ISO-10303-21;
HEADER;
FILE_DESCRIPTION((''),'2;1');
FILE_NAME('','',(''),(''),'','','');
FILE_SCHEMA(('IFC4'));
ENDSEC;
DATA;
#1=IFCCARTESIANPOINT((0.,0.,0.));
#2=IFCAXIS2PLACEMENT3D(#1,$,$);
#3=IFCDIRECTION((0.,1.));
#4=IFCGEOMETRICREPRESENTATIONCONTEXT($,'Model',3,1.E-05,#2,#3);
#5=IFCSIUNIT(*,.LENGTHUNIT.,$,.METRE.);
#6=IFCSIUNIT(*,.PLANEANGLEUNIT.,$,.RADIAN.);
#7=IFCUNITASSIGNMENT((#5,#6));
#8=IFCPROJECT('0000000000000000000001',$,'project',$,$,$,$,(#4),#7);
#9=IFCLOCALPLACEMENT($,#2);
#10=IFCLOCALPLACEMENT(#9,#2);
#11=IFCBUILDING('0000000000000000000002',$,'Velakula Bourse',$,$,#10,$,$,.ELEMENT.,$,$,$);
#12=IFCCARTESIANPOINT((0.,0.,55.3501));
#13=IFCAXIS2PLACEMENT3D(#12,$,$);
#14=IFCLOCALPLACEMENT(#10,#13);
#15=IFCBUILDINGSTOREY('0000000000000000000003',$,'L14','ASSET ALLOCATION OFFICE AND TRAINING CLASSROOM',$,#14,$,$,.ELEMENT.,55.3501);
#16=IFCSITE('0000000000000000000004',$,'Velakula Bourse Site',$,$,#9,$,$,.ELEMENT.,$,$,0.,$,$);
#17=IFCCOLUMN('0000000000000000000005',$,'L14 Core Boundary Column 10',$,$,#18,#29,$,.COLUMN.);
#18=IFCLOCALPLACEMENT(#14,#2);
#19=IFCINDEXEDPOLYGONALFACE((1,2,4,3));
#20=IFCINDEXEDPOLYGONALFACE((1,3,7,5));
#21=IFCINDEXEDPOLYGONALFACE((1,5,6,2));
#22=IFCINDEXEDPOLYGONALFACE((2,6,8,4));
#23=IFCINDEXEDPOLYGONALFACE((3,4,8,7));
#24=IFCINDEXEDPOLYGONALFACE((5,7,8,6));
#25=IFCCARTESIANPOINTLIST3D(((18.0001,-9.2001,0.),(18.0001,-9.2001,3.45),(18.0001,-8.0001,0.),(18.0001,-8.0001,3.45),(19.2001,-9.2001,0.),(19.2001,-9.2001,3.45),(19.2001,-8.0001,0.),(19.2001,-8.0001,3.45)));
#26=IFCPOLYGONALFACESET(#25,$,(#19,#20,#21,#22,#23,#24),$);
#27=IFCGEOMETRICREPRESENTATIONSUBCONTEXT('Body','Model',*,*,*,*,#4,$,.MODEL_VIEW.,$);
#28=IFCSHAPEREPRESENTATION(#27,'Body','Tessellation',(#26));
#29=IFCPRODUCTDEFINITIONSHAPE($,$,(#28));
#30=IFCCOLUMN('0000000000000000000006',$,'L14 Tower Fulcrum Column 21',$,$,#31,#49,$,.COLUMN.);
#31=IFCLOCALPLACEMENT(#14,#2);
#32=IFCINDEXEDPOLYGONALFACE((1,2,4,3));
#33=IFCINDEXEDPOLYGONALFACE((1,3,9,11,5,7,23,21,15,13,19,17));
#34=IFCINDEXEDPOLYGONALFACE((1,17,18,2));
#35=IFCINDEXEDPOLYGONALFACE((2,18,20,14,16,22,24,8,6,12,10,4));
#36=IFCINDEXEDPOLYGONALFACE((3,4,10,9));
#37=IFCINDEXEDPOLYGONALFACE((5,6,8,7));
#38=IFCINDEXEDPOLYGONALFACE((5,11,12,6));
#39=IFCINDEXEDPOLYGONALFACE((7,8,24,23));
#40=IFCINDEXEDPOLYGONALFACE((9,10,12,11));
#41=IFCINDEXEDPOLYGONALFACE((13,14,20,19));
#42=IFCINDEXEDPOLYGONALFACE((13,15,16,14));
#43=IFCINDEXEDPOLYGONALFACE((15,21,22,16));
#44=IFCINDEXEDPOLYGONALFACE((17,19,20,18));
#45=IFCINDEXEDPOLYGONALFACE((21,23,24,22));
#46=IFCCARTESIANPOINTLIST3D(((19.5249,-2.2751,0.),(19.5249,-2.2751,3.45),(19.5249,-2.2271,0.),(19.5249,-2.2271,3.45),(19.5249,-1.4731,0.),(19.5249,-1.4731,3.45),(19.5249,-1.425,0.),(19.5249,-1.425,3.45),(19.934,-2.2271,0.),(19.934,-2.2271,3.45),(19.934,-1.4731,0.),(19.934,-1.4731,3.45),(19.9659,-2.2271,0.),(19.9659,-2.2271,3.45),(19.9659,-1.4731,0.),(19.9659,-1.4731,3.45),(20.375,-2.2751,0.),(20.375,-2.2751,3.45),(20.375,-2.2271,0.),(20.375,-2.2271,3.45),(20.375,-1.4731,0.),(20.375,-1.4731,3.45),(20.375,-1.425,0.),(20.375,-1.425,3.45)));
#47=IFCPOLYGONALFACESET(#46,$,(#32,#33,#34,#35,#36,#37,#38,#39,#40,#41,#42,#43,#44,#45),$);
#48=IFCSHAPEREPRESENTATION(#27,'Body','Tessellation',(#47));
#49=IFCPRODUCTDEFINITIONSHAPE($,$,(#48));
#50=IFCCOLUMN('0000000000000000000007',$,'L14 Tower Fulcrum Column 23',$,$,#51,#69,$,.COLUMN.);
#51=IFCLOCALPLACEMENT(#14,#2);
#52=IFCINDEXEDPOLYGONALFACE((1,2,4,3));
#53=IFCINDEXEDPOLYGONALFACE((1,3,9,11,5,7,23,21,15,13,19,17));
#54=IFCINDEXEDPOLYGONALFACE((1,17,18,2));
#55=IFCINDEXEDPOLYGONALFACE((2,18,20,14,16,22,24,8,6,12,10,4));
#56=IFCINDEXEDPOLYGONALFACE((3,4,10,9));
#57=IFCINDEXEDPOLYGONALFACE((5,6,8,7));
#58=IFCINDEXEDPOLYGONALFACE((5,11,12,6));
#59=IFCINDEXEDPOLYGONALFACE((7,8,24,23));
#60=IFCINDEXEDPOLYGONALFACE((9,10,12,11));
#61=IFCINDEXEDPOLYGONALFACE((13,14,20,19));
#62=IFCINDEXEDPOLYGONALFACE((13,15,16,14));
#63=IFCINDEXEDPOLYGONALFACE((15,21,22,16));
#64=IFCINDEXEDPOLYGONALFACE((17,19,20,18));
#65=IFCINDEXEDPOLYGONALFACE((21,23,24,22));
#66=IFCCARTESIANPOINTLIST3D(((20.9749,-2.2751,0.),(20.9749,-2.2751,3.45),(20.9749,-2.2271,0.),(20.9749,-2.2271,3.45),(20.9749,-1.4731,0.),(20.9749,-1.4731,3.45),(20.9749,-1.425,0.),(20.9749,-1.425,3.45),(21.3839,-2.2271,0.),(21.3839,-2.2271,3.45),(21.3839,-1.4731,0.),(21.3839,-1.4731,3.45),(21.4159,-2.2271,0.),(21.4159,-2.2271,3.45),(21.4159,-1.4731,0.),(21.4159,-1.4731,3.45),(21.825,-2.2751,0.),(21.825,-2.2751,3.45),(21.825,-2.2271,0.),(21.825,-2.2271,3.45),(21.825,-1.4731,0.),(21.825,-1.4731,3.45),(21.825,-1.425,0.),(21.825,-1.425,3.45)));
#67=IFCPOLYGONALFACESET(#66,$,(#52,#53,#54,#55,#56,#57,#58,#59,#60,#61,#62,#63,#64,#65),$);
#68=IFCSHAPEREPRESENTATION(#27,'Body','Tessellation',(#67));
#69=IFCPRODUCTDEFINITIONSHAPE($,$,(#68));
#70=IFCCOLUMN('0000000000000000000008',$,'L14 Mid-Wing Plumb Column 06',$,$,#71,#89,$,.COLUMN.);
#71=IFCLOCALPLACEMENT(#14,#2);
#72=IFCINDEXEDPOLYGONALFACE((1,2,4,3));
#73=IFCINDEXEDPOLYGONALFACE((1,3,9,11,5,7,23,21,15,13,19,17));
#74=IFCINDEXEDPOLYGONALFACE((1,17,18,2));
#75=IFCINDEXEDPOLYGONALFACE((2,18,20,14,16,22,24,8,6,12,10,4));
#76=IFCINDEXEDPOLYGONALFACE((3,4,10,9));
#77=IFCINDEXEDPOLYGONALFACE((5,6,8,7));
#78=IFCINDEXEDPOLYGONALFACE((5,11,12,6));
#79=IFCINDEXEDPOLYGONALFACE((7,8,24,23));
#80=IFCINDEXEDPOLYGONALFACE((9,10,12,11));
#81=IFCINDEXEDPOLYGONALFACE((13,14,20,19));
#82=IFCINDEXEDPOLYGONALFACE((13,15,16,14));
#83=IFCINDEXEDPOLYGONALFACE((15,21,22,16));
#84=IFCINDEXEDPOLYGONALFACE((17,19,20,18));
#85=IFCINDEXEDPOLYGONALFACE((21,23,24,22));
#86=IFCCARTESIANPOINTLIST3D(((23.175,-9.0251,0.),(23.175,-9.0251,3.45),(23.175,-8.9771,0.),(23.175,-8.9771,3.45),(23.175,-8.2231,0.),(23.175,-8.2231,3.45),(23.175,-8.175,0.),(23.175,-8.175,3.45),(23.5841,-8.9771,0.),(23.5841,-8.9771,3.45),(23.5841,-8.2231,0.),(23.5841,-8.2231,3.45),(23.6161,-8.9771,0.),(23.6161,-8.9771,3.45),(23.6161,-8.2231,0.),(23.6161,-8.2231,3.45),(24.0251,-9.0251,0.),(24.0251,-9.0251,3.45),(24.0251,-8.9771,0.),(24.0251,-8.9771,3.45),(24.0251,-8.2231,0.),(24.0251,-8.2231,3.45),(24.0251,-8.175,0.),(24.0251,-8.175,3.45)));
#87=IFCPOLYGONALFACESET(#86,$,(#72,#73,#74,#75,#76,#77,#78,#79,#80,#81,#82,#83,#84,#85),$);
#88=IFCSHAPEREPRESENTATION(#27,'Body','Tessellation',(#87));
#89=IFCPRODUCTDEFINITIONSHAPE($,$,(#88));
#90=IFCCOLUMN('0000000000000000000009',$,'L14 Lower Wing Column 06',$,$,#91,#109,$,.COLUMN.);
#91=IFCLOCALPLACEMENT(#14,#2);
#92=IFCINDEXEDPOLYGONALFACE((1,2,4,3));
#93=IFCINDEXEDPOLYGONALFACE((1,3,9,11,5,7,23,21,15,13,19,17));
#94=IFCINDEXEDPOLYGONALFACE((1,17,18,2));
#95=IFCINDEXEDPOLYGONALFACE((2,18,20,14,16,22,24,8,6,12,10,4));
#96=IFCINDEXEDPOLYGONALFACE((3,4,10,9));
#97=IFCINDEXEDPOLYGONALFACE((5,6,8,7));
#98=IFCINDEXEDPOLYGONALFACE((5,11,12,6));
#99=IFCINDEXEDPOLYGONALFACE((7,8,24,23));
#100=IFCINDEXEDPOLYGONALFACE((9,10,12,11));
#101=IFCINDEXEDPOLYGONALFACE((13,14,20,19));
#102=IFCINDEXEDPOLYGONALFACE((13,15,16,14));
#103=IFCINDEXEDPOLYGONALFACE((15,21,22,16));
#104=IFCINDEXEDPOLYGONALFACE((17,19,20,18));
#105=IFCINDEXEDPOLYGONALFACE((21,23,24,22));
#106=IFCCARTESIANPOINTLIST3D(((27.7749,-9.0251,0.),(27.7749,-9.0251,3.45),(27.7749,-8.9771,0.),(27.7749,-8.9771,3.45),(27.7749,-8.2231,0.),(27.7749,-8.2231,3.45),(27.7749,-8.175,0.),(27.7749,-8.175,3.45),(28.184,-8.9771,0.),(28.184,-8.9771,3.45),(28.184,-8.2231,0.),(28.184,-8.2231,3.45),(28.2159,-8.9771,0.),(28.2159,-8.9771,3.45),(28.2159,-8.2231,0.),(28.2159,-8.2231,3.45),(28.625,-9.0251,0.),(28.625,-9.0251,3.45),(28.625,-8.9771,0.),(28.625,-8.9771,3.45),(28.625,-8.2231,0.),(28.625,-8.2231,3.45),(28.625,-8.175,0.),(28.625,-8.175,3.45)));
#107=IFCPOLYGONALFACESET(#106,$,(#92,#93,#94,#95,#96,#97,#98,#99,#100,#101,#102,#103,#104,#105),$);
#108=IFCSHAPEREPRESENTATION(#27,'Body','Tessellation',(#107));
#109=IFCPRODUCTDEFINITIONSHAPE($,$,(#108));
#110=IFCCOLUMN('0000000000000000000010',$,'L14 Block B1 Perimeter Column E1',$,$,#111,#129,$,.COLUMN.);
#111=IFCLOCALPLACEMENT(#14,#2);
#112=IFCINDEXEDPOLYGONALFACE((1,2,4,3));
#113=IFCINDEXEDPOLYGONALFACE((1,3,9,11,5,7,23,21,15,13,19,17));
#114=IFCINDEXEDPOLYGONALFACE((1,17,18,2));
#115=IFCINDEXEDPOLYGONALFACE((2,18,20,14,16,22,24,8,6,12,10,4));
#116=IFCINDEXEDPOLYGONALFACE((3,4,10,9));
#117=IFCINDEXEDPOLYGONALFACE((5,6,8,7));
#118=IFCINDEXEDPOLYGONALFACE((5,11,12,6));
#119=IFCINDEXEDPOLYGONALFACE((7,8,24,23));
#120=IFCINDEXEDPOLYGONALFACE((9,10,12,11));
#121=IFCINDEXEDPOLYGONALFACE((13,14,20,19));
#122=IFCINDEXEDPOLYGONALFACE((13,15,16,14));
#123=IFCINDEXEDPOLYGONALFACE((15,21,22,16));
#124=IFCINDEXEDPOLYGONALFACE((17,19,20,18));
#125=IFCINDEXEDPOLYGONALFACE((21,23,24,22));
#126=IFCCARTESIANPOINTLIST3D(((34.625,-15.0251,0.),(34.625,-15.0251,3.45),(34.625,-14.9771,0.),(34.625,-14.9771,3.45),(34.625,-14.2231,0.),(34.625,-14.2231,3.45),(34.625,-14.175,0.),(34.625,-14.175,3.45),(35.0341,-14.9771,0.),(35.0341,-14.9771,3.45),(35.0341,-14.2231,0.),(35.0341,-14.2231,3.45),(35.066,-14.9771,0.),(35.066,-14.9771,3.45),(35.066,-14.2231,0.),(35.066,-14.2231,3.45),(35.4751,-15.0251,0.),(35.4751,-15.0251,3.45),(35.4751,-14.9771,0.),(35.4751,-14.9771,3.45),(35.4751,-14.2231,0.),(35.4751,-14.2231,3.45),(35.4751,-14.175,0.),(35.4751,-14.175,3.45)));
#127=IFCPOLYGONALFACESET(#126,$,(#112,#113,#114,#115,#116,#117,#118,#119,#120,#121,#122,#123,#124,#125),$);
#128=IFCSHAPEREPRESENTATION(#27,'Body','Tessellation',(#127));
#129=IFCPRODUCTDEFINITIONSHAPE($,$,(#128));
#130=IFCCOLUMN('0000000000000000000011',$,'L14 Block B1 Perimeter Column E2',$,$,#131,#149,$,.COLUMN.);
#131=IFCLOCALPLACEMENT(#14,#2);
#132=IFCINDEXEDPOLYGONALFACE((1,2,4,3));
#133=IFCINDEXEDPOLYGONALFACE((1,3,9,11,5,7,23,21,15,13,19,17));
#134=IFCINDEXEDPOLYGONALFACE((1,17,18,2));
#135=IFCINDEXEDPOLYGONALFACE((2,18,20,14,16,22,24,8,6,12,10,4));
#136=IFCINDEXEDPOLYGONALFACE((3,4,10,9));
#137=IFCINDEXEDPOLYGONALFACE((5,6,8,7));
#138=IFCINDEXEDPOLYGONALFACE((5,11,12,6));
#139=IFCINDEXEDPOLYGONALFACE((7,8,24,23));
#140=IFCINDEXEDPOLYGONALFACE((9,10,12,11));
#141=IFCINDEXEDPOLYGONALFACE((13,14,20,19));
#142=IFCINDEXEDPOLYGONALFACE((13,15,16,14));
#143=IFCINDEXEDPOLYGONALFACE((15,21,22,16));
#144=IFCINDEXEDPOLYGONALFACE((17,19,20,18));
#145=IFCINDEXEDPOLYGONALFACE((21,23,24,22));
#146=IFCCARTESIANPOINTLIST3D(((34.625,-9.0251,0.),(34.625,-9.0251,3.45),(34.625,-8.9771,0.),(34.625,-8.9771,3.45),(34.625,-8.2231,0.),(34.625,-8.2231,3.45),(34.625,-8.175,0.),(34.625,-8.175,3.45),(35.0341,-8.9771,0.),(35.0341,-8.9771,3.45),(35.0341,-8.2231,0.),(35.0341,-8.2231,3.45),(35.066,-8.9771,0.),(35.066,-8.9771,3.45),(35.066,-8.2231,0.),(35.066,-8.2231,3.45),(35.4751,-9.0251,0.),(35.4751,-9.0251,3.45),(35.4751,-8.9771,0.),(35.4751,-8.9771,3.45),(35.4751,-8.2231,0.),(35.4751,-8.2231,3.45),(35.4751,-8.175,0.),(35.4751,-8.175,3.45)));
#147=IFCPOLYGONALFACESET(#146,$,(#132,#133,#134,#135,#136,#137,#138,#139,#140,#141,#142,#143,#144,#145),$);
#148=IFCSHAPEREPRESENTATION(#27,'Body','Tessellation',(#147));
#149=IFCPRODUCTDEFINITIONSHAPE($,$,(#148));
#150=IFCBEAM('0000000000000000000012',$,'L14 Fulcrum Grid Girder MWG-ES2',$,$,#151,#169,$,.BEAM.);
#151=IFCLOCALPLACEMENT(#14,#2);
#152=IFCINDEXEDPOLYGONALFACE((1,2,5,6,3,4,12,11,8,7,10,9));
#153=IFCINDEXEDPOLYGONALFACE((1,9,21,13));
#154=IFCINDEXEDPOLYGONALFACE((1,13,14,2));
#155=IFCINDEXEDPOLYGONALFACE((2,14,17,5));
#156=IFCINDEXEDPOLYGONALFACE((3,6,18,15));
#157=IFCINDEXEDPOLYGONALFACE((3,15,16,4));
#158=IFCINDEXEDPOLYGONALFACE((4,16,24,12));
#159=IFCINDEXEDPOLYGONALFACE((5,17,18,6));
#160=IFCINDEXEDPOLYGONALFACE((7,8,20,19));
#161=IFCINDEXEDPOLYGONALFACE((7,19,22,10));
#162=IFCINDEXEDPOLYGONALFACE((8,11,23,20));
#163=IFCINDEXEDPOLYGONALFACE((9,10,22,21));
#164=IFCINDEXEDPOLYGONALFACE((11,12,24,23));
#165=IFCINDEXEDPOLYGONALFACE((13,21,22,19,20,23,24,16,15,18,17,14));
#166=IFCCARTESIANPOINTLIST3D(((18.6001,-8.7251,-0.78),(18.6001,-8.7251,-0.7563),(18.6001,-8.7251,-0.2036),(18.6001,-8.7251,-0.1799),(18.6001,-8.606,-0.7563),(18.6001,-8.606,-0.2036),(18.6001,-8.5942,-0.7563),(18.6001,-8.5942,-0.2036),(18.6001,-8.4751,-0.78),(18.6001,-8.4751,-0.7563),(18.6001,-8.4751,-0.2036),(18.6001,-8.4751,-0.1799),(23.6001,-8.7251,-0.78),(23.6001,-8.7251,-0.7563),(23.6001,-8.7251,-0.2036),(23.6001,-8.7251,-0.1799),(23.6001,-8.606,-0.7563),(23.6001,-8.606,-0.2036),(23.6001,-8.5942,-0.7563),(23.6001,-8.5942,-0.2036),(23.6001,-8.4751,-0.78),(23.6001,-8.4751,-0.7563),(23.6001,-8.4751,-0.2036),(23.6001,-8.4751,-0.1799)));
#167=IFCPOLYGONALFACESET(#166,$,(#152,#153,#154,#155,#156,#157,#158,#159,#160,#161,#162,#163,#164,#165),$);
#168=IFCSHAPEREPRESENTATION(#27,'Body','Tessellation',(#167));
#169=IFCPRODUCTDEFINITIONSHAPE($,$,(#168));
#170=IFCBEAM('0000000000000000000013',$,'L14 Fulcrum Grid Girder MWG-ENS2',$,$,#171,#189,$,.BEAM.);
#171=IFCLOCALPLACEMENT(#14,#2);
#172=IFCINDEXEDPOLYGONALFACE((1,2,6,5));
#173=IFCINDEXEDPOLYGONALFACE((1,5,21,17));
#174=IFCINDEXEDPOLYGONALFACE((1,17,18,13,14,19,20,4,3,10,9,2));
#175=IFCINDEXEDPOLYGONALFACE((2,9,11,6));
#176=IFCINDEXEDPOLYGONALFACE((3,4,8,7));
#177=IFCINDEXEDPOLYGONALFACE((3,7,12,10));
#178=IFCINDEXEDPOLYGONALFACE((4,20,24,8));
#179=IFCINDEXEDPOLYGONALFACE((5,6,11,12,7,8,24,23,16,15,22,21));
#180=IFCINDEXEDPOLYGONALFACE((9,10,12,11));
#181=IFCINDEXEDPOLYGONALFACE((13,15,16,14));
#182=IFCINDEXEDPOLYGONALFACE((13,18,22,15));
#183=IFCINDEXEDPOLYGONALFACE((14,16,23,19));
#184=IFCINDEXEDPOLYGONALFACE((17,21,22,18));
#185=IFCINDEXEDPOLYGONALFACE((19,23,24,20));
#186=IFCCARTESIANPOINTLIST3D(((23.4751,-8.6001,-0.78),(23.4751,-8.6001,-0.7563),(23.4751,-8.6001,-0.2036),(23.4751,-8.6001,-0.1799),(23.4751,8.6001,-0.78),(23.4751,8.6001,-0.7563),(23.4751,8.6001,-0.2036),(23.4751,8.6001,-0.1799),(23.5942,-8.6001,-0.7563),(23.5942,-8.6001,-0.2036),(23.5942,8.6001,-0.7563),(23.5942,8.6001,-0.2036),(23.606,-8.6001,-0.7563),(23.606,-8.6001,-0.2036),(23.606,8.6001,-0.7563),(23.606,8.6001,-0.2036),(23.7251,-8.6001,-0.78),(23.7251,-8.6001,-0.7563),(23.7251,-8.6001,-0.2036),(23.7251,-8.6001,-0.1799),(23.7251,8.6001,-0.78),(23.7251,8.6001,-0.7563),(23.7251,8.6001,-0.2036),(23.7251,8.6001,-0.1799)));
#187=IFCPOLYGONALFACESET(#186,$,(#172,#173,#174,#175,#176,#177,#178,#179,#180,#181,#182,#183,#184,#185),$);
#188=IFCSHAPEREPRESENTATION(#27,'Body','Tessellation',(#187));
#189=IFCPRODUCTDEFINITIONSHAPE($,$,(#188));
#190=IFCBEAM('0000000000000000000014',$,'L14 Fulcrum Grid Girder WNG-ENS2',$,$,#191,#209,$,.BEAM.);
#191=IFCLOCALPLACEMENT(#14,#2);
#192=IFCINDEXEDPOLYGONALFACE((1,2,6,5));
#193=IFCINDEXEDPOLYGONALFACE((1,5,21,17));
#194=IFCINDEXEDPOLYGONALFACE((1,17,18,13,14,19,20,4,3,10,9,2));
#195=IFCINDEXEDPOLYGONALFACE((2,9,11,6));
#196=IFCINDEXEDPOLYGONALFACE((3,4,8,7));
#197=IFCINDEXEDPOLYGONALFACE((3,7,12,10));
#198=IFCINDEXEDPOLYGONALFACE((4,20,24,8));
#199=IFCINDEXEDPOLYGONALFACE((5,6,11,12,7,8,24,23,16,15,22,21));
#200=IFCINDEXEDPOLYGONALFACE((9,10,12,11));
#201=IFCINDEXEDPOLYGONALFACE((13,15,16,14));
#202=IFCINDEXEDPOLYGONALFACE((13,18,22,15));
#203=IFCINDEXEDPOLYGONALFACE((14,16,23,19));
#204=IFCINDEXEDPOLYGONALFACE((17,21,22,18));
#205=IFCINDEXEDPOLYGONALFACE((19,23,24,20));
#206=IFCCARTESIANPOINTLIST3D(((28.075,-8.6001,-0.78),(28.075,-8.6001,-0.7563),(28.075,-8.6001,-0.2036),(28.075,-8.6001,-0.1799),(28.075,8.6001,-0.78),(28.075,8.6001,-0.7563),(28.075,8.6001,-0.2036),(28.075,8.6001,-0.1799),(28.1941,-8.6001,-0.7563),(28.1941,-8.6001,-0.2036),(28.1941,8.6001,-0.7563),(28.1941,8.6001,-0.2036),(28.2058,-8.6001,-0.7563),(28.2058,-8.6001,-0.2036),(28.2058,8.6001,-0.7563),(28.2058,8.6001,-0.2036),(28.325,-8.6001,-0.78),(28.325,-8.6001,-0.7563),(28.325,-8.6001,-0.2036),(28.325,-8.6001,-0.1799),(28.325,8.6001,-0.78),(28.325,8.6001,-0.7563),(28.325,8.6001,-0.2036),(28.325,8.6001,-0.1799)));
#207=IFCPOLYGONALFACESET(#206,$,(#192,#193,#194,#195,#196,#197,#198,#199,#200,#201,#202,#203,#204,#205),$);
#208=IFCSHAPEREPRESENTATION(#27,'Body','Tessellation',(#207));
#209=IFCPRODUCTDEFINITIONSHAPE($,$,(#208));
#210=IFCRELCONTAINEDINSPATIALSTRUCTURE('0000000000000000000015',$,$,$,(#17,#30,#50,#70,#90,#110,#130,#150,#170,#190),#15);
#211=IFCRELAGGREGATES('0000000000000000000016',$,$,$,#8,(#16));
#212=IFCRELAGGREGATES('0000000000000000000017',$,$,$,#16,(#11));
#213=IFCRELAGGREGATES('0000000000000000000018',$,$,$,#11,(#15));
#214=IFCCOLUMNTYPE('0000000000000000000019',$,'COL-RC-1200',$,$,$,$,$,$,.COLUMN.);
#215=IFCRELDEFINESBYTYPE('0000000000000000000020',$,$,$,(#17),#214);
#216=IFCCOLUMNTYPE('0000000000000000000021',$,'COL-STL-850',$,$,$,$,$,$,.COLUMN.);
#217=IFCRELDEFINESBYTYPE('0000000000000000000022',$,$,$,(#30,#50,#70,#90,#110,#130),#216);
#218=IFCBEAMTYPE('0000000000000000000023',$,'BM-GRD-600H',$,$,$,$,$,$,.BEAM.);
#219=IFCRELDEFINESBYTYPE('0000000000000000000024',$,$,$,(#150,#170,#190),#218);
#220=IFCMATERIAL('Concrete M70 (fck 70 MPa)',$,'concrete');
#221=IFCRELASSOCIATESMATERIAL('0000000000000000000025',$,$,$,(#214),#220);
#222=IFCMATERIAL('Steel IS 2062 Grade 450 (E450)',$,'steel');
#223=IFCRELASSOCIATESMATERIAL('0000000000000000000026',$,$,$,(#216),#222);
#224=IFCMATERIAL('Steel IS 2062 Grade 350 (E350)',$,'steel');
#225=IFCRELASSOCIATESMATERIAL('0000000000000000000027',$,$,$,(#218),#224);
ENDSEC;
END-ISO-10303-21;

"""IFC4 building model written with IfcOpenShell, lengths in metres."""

from ifc_helpers import new_model, si_unit, direction, frame, origin, origin_2d, place, context, subcontext, project, spatial, rectangle, i_section, extrude, material, material_profile, profile_set, type_object, element, save


model = new_model("IFC4")

# Units and contexts
model_context = context("Model", 3, precision=1e-05, world=origin(), true_north=direction((0.0, 1.0)))
body_context = subcontext(model_context, "Body", "Model", "MODEL_VIEW")
ifc_project = project(units=[si_unit("LENGTHUNIT", "METRE"), si_unit("PLANEANGLEUNIT", "RADIAN")], contexts=[model_context])

# Site, building, storey
site_placement = place(None, origin())
site = spatial("IfcSite", under=ifc_project, at=site_placement, Name="Velakula Bourse Site", CompositionType="ELEMENT", RefElevation=0.0)
building_placement = place(site_placement, origin())
building = spatial("IfcBuilding", under=site, at=building_placement, Name="Velakula Bourse", CompositionType="ELEMENT")
storey_placement = place(building_placement, frame((0.0, 0.0, 55.3501)))
storey = spatial("IfcBuildingStorey", under=building, at=storey_placement, Name="L14", Description="ASSET ALLOCATION OFFICE AND TRAINING CLASSROOM", CompositionType="ELEMENT", Elevation=55.3501)

# Columns
ifc_material_1 = material(Name="Concrete M70 (fck 70 MPa)", Category="concrete")
ifc_material_profile_1 = material_profile(ifc_material_1, rectangle(XDim=1.2, YDim=1.2, at=origin_2d()), Name="Concrete M70 (fck 70 MPa)")
ifc_profile_set_1 = profile_set([ifc_material_profile_1], Name="Concrete M70 (fck 70 MPa)")
column_type_1 = type_object("IfcColumnType", Name="COL-RC-1200", PredefinedType="COLUMN", material=ifc_profile_set_1)
column_placement = place(storey_placement, frame((18.6001, -8.6001, 0.0), z_axis=(0.0, 0.0, 1.0), x_axis=(1.0, 0.0, 0.0)))
element("IfcColumn", 1, at=column_placement, inside=storey, type_object=column_type_1, Name="L14 Core Boundary Column 10", PredefinedType="COLUMN", context=body_context, shape_type="SweptSolid", body=[
    extrude(rectangle(XDim=1.2, YDim=1.2, at=origin_2d()), origin(), (0.0, 0.0, 1.0), 3.45),
])
ifc_material_2 = material(Name="Steel IS 2062 Grade 450 (E450)", Category="steel")
ifc_material_profile_2 = material_profile(ifc_material_2, i_section(OverallWidth=0.8501, OverallDepth=0.8501, WebThickness=0.032, FlangeThickness=0.0481, at=origin_2d()), Name="Steel IS 2062 Grade 450 (E450)")
ifc_profile_set_2 = profile_set([ifc_material_profile_2], Name="Steel IS 2062 Grade 450 (E450)")
column_type_2 = type_object("IfcColumnType", Name="COL-STL-850", PredefinedType="COLUMN", material=ifc_profile_set_2)
for number, where, z_axis, x_axis, name in (
    (2, (19.95, -1.8501, 0.0), (0.0, 0.0, 1.0), (1.0, 0.0, 0.0), "L14 Tower Fulcrum Column 21"),
    (3, (21.3999, -1.8501, 0.0), (0.0, 0.0, 1.0), (1.0, 0.0, 0.0), "L14 Tower Fulcrum Column 23"),
    (4, (23.6001, -8.6001, 0.0), (0.0, 0.0, 1.0), (1.0, 0.0, 0.0), "L14 Mid-Wing Plumb Column 06"),
    (5, (28.2, -8.6001, 0.0), (0.0, 0.0, 1.0), (1.0, 0.0, 0.0), "L14 Lower Wing Column 06"),
    (6, (35.05, -14.6001, 0.0), (0.0, 0.0, 1.0), (1.0, 0.0, 0.0), "L14 Block B1 Perimeter Column E1"),
    (7, (35.05, -8.6001, 0.0), (0.0, 0.0, 1.0), (1.0, 0.0, 0.0), "L14 Block B1 Perimeter Column E2"),
):
    element("IfcColumn", number, at=place(storey_placement, frame(where, z_axis=z_axis, x_axis=x_axis)), inside=storey, type_object=column_type_2, Name=name, PredefinedType="COLUMN", context=body_context, shape_type="SweptSolid", body=[
        extrude(i_section(OverallWidth=0.8501, OverallDepth=0.8501, WebThickness=0.032, FlangeThickness=0.0481, at=origin_2d()), origin(), (0.0, 0.0, 1.0), 3.45),
    ])

# Beams
ifc_material_3 = material(Name="Steel IS 2062 Grade 350 (E350)", Category="steel")
ifc_material_profile_3 = material_profile(ifc_material_3, i_section(OverallWidth=0.25, OverallDepth=0.6001, WebThickness=0.0117, FlangeThickness=0.0237, at=origin_2d()), Name="Steel IS 2062 Grade 350 (E350)")
ifc_profile_set_3 = profile_set([ifc_material_profile_3], Name="Steel IS 2062 Grade 350 (E350)")
beam_type_1 = type_object("IfcBeamType", Name="BM-GRD-600H", PredefinedType="BEAM", material=ifc_profile_set_3)
beam_1_placement = place(storey_placement, frame((18.6001, -8.6001, -0.48), z_axis=(1.0, 0.0, 0.0), x_axis=(0.0, 1.0, 0.0)))
element("IfcBeam", 8, at=beam_1_placement, inside=storey, type_object=beam_type_1, Name="L14 Fulcrum Grid Girder MWG-ES2", PredefinedType="BEAM", context=body_context, shape_type="SweptSolid", body=[
    extrude(i_section(OverallWidth=0.25, OverallDepth=0.6001, WebThickness=0.0117, FlangeThickness=0.0237, at=origin_2d()), origin(), (0.0, 0.0, 1.0), 5.0),
])
for number, where, z_axis, x_axis, name in (
    (9, (23.6001, -8.6001, -0.48), (0.0, 1.0, 0.0), (-1.0, 0.0, 0.0), "L14 Fulcrum Grid Girder MWG-ENS2"),
    (10, (28.2, -8.6001, -0.48), (0.0, 1.0, 0.0), (-1.0, 0.0, 0.0), "L14 Fulcrum Grid Girder WNG-ENS2"),
):
    element("IfcBeam", number, at=place(storey_placement, frame(where, z_axis=z_axis, x_axis=x_axis)), inside=storey, type_object=beam_type_1, Name=name, PredefinedType="BEAM", context=body_context, shape_type="SweptSolid", body=[
        extrude(i_section(OverallWidth=0.25, OverallDepth=0.6001, WebThickness=0.0117, FlangeThickness=0.0237, at=origin_2d()), origin(), (0.0, 0.0, 1.0), 17.2002),
    ])

save(model, "model.ifc")
